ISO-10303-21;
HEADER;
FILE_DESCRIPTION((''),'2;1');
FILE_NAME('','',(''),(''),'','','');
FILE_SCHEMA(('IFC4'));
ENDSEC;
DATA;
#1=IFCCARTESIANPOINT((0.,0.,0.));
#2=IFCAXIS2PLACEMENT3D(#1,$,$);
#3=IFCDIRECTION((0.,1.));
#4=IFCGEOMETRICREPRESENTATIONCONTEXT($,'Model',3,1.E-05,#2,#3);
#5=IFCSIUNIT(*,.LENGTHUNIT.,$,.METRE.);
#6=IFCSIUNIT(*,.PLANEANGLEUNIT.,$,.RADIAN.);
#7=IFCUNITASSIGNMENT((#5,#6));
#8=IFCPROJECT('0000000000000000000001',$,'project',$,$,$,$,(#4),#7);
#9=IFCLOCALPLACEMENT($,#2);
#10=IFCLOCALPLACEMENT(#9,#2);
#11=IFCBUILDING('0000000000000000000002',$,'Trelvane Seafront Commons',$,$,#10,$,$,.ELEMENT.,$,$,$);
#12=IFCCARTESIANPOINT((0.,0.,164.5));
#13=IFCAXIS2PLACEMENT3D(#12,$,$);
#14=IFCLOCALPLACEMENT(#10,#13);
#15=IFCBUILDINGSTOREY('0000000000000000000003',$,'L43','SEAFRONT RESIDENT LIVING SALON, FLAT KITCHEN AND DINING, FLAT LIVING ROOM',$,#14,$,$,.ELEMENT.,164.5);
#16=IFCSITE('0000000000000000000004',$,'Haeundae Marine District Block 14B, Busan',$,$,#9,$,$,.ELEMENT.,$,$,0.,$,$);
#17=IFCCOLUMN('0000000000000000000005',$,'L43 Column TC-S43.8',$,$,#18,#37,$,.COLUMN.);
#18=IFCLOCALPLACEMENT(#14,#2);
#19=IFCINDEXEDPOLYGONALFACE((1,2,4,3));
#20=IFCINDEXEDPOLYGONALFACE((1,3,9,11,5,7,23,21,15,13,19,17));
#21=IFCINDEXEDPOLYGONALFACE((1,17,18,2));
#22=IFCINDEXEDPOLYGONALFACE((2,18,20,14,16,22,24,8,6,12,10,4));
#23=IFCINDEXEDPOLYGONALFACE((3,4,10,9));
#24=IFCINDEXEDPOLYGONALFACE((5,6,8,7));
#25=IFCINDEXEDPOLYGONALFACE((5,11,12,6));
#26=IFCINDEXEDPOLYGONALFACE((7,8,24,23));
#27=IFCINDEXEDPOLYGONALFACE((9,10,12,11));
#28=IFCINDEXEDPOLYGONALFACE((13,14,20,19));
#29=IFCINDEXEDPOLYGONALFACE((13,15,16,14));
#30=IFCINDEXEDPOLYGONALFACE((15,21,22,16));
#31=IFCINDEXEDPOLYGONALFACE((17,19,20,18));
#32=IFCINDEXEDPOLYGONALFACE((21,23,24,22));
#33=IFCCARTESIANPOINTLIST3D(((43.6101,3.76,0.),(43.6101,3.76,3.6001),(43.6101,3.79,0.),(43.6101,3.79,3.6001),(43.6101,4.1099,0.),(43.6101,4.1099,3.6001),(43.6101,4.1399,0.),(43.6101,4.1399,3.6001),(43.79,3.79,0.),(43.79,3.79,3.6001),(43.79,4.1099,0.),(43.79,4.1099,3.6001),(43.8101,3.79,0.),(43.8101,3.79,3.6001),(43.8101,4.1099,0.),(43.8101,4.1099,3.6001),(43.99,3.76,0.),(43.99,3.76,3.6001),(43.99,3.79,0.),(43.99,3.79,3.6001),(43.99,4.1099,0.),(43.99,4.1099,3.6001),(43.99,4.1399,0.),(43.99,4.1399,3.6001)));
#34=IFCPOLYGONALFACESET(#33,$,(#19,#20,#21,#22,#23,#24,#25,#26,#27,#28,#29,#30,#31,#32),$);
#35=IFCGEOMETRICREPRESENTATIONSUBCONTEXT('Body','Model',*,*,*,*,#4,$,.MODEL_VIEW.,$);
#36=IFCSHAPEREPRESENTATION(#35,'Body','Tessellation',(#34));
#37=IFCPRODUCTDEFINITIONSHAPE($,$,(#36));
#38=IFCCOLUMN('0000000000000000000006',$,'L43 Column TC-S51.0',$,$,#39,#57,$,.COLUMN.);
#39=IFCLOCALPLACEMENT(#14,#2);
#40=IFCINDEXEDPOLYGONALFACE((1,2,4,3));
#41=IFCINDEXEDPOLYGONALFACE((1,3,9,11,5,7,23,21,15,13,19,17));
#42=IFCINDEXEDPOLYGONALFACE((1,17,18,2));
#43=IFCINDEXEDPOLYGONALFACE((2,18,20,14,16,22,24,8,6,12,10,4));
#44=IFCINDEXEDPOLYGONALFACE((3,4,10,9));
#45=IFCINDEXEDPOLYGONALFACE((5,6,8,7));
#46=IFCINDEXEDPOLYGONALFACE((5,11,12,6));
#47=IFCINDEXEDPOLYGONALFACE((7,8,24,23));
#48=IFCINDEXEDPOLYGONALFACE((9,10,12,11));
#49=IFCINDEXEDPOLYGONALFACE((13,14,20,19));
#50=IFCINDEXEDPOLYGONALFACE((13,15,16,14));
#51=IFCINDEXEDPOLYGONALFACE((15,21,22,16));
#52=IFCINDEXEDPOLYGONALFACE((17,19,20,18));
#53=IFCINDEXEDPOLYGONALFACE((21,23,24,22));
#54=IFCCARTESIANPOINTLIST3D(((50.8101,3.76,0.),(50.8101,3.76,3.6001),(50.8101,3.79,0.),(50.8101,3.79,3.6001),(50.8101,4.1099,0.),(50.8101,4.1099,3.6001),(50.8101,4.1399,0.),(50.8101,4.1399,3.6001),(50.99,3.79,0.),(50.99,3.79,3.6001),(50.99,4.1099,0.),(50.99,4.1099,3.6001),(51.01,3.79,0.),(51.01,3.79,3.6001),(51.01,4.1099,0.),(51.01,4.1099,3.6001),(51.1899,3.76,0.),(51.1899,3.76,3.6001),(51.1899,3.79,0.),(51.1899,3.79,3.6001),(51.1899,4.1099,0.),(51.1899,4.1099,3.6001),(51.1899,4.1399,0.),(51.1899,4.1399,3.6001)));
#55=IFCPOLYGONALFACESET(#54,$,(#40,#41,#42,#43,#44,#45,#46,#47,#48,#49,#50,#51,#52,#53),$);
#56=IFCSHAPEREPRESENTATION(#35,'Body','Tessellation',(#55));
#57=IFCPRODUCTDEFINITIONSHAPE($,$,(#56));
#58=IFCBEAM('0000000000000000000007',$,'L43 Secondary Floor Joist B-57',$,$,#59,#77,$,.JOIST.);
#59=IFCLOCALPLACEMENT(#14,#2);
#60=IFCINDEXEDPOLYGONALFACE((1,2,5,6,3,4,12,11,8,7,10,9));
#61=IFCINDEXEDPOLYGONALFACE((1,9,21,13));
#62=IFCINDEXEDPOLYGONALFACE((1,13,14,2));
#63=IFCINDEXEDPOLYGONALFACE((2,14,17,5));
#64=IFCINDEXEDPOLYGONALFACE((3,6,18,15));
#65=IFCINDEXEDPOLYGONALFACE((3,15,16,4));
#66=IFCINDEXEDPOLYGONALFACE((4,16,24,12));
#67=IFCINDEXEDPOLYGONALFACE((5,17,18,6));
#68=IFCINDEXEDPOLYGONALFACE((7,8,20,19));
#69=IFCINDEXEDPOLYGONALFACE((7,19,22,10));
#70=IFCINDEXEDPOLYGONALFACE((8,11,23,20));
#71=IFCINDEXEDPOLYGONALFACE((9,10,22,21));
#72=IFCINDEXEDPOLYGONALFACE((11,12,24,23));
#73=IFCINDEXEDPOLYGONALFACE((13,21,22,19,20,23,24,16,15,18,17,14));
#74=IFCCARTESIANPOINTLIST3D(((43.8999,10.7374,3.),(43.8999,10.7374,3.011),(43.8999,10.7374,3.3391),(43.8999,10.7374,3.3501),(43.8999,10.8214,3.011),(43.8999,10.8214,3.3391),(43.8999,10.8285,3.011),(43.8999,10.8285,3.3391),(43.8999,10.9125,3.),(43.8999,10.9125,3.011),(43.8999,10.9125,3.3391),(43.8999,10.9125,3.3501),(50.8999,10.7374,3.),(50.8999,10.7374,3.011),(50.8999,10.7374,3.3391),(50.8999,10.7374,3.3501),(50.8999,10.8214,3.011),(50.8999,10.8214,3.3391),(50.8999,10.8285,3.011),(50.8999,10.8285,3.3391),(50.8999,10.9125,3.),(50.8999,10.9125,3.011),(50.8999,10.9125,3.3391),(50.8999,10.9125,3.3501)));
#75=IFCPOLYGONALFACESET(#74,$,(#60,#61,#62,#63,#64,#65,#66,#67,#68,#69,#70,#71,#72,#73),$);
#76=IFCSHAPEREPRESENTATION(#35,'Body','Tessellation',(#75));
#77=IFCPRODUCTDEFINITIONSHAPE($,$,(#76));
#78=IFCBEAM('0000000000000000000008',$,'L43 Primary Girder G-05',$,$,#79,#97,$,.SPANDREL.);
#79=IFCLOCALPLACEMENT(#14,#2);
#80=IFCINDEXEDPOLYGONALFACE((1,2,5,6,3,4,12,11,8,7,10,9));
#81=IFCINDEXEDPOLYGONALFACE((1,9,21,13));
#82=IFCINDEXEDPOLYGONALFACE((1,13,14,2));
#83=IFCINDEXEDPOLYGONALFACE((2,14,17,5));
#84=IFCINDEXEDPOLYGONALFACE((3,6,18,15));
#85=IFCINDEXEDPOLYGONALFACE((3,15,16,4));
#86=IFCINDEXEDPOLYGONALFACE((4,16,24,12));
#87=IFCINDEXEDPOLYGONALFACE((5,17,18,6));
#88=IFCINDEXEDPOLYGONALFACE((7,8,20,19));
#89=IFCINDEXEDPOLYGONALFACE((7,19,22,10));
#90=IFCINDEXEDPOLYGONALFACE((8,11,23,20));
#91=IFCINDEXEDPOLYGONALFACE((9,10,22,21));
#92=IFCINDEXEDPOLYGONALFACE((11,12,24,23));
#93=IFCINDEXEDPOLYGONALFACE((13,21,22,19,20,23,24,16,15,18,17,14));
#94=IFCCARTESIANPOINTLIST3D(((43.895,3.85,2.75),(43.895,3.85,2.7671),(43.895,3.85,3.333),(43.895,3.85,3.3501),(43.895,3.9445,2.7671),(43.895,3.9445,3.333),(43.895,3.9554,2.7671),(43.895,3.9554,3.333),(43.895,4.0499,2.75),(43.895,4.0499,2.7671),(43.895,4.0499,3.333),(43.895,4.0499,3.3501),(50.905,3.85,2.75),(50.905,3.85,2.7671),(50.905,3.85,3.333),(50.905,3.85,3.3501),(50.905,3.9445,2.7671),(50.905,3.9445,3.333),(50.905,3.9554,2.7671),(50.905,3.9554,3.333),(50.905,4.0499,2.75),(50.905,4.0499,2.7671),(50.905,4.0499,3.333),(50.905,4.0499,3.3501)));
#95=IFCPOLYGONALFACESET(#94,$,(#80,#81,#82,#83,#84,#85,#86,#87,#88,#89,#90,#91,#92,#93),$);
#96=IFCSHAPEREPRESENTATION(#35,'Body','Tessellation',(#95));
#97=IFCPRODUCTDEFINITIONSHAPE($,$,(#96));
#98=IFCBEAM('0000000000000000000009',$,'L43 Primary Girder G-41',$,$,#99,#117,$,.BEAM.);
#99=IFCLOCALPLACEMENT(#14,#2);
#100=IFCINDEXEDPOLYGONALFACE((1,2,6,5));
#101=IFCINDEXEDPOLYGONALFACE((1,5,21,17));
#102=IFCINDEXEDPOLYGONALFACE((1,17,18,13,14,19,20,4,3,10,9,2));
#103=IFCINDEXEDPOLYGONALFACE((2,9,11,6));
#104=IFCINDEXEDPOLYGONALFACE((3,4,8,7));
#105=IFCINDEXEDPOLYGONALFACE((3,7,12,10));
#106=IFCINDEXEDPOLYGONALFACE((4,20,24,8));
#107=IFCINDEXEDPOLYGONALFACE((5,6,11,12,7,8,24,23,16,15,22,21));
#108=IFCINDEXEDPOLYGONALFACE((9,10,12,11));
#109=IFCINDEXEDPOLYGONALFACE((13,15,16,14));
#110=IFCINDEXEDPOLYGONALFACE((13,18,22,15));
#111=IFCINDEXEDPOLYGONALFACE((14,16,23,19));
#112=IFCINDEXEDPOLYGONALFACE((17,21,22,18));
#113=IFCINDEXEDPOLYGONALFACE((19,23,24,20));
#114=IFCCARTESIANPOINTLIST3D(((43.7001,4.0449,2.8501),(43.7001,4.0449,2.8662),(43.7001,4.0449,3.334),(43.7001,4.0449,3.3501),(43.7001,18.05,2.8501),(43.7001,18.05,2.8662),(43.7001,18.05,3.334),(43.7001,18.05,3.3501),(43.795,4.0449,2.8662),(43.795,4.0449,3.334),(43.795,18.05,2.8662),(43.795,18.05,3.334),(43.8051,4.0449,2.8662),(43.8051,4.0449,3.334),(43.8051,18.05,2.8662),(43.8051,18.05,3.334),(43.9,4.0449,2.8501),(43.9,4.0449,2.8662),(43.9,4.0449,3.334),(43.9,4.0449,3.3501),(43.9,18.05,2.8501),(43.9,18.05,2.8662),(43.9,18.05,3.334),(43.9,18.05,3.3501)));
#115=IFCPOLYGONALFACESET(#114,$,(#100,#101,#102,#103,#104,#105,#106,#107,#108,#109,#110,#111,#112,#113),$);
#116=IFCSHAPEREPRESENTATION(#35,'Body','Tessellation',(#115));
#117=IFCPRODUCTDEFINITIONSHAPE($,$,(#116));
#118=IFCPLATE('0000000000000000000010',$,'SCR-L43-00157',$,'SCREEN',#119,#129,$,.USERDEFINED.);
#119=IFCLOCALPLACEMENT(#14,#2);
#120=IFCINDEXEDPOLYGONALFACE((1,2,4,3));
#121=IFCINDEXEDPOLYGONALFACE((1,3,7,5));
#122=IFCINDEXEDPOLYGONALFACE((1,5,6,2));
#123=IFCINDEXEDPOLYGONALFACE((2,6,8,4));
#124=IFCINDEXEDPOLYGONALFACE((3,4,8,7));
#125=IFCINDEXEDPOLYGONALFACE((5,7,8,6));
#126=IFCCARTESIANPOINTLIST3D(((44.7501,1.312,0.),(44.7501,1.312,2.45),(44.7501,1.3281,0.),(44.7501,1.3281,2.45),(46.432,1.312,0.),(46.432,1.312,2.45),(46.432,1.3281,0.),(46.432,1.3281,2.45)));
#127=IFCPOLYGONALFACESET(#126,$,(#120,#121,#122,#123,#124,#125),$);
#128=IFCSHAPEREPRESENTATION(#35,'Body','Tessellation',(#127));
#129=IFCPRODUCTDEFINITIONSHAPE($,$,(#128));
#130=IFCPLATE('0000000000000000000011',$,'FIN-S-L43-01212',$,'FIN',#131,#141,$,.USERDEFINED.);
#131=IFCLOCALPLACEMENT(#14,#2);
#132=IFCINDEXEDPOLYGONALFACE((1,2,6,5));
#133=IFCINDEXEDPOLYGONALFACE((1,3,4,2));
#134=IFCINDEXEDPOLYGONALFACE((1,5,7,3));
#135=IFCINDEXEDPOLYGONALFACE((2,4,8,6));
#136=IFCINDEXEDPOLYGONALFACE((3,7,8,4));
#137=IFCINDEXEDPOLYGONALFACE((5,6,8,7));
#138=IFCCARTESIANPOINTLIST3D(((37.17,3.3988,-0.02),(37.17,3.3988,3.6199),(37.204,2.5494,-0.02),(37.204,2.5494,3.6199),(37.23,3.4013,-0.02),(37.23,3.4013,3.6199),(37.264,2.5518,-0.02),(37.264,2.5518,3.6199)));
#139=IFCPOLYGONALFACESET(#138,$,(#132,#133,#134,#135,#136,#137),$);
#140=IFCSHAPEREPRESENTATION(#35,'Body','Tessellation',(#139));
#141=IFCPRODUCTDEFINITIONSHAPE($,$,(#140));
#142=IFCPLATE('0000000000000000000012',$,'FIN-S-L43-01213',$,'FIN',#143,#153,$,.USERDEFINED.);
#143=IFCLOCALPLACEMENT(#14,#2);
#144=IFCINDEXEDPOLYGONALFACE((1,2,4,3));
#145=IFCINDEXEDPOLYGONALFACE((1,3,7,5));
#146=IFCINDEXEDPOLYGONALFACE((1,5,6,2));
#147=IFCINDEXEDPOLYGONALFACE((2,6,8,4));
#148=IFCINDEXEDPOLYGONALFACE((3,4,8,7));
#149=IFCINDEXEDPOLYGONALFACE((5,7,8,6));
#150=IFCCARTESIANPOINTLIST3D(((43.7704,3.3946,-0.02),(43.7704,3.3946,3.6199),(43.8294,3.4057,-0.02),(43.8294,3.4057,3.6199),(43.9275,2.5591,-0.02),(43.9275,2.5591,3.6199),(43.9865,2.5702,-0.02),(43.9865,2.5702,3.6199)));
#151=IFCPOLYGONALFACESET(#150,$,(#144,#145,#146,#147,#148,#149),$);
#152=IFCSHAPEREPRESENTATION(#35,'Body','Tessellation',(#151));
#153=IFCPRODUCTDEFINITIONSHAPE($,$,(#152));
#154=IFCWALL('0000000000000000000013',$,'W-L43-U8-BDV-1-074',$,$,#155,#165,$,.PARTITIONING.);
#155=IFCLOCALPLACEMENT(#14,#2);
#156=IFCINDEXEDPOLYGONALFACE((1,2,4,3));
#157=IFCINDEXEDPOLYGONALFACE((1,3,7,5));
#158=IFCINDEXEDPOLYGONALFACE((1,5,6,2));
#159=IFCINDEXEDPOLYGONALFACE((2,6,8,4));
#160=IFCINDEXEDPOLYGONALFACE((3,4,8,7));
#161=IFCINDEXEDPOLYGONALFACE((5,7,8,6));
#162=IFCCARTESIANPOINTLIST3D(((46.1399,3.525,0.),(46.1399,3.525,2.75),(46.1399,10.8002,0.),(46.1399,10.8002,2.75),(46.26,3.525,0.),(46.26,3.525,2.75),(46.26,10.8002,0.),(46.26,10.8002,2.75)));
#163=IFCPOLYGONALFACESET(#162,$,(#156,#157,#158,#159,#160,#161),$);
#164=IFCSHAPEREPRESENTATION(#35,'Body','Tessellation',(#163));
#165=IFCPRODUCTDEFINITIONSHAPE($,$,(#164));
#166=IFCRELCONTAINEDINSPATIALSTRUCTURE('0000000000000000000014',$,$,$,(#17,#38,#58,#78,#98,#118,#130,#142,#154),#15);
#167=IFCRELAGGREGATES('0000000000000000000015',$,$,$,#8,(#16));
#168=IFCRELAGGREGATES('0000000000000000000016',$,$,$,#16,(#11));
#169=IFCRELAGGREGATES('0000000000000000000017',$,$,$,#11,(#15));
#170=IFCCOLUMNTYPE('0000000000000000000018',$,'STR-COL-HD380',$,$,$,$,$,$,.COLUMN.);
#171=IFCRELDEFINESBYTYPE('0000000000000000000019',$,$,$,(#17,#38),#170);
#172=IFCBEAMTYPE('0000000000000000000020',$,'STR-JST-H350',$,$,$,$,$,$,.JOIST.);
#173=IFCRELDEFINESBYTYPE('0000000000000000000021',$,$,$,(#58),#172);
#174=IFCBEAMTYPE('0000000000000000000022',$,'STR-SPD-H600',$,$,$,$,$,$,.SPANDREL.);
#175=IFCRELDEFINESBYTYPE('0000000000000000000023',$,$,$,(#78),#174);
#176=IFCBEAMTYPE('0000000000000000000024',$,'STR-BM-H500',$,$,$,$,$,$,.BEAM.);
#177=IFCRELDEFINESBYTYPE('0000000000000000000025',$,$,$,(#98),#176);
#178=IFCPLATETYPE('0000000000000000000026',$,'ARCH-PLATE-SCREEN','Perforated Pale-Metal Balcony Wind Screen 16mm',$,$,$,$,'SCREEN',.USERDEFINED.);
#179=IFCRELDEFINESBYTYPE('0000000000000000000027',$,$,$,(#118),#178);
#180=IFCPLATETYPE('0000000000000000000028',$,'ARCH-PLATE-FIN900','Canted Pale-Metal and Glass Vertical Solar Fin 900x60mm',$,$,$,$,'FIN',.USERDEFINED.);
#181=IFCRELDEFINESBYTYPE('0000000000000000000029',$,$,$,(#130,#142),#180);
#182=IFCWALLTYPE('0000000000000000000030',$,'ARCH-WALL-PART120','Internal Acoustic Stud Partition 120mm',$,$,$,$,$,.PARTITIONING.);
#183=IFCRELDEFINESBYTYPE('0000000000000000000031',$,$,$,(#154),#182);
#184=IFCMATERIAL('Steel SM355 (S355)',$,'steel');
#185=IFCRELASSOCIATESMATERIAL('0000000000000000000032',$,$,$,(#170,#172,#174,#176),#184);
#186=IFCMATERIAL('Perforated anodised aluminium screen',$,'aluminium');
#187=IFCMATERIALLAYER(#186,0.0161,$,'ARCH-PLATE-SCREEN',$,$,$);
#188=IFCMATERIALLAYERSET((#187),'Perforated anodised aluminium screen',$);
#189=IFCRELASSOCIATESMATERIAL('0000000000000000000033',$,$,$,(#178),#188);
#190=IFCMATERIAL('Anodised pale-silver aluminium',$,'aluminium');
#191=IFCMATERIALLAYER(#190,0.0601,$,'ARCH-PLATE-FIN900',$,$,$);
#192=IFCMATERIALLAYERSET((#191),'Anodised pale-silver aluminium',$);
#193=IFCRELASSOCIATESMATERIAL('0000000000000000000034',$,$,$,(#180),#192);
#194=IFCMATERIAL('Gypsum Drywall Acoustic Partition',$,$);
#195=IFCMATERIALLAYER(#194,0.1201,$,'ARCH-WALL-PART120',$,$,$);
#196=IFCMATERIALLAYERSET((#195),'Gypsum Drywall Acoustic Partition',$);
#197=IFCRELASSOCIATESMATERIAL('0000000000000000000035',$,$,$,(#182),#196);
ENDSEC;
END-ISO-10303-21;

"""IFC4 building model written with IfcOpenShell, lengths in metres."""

from ifc_helpers import new_model, si_unit, direction, frame, frame_2d, origin, origin_2d, place, context, subcontext, project, spatial, rectangle, i_section, extrude, source, transform, mapped, material, layer, layer_set, material_profile, profile_set, type_object, element, save


model = new_model("IFC4")

# Units and contexts
model_context = context("Model", 3, precision=1e-05, world=origin(), true_north=direction((0.0, 1.0)))
body_context = subcontext(model_context, "Body", "Model", "MODEL_VIEW")
ifc_project = project(units=[si_unit("LENGTHUNIT", "METRE"), si_unit("PLANEANGLEUNIT", "RADIAN")], contexts=[model_context])

# Site, building, storey
site_placement = place(None, origin())
site = spatial("IfcSite", under=ifc_project, at=site_placement, Name="Haeundae Marine District Block 14B, Busan", CompositionType="ELEMENT", RefElevation=0.0)
building_placement = place(site_placement, origin())
building = spatial("IfcBuilding", under=site, at=building_placement, Name="Trelvane Seafront Commons", CompositionType="ELEMENT")
storey_placement = place(building_placement, frame((0.0, 0.0, 164.5)))
storey = spatial("IfcBuildingStorey", under=building, at=storey_placement, Name="L43", Description="SEAFRONT RESIDENT LIVING SALON, FLAT KITCHEN AND DINING, FLAT LIVING ROOM", CompositionType="ELEMENT", Elevation=164.5)

# Columns
ifc_material_1 = material(Name="Steel SM355 (S355)", Category="steel")
ifc_material_profile_1 = material_profile(ifc_material_1, i_section(OverallWidth=0.3799, OverallDepth=0.3799, WebThickness=0.02, FlangeThickness=0.03, at=origin_2d()), Name="HD-380x380x20x30")
ifc_profile_set_1 = profile_set([ifc_material_profile_1], Name="Steel SM355 (S355)")
column_type = type_object("IfcColumnType", Name="STR-COL-HD380", PredefinedType="COLUMN", material=ifc_profile_set_1)
shared_shape_1 = source(origin(), body_context, "Body", "SweptSolid", [
    extrude(i_section(OverallWidth=0.3799, OverallDepth=0.3799, WebThickness=0.02, FlangeThickness=0.03, at=origin_2d()), origin(), (0.0, 0.0, 1.0), 3.6001),
])
for number, where, z_axis, x_axis, name in (
    (1, (43.8, 3.95, 0.0), (0.0, 0.0, 1.0), (1.0, 0.0, 0.0), "L43 Column TC-S43.8"),
    (2, (51.0, 3.95, 0.0), (0.0, 0.0, 1.0), (1.0, 0.0, 0.0), "L43 Column TC-S51.0"),
):
    element("IfcColumn", number, at=place(storey_placement, frame(where, z_axis=z_axis, x_axis=x_axis)), inside=storey, type_object=column_type, Name=name, PredefinedType="COLUMN", context=body_context, shape_type="MappedRepresentation", body=[
        mapped(shared_shape_1, transform((0.0, 0.0, 0.0), x_axis=(1.0, 0.0, 0.0), y_axis=(0.0, 1.0, 0.0), z_axis=(0.0, 0.0, 1.0), scale=1.0)),
    ])

# Beams
ifc_material_profile_2 = material_profile(ifc_material_1, i_section(OverallWidth=0.175, OverallDepth=0.3501, WebThickness=0.0071, FlangeThickness=0.011, at=origin_2d()), Name="H-350x175x7x11")
ifc_profile_set_2 = profile_set([ifc_material_profile_2], Name="Steel SM355 (S355)")
beam_type_1 = type_object("IfcBeamType", Name="STR-JST-H350", PredefinedType="JOIST", material=ifc_profile_set_2)
shared_shape_2 = source(origin(), body_context, "Body", "SweptSolid", [
    extrude(i_section(OverallWidth=0.175, OverallDepth=0.3501, WebThickness=0.0071, FlangeThickness=0.011, at=origin_2d()), origin(), (0.0, 0.0, 1.0), 7.0),
])
beam_1_placement = place(storey_placement, frame((43.8999, 10.825, 3.175), z_axis=(1.0, 0.0, 0.0), x_axis=(0.0, 1.0, 0.0)))
element("IfcBeam", 3, at=beam_1_placement, inside=storey, type_object=beam_type_1, Name="L43 Secondary Floor Joist B-57", PredefinedType="JOIST", context=body_context, shape_type="MappedRepresentation", body=[
    mapped(shared_shape_2, transform((0.0, 0.0, 0.0), x_axis=(1.0, 0.0, 0.0), y_axis=(0.0, 1.0, 0.0), z_axis=(0.0, 0.0, 1.0), scale=1.0)),
])
ifc_material_profile_3 = material_profile(ifc_material_1, i_section(OverallWidth=0.2, OverallDepth=0.6001, WebThickness=0.011, FlangeThickness=0.0171, at=origin_2d()), Name="H-600x200x11x17")
ifc_profile_set_3 = profile_set([ifc_material_profile_3], Name="Steel SM355 (S355)")
beam_type_2 = type_object("IfcBeamType", Name="STR-SPD-H600", PredefinedType="SPANDREL", material=ifc_profile_set_3)
shared_shape_3 = source(origin(), body_context, "Body", "SweptSolid", [
    extrude(i_section(OverallWidth=0.2, OverallDepth=0.6001, WebThickness=0.011, FlangeThickness=0.0171, at=origin_2d()), origin(), (0.0, 0.0, 1.0), 7.01),
])
beam_2_placement = place(storey_placement, frame((43.895, 3.95, 3.05), z_axis=(1.0, 0.0, 0.0), x_axis=(0.0, 1.0, 0.0)))
element("IfcBeam", 4, at=beam_2_placement, inside=storey, type_object=beam_type_2, Name="L43 Primary Girder G-05", PredefinedType="SPANDREL", context=body_context, shape_type="MappedRepresentation", body=[
    mapped(shared_shape_3, transform((0.0, 0.0, 0.0), x_axis=(1.0, 0.0, 0.0), y_axis=(0.0, 1.0, 0.0), z_axis=(0.0, 0.0, 1.0), scale=1.0)),
])
ifc_material_profile_4 = material_profile(ifc_material_1, i_section(OverallWidth=0.2, OverallDepth=0.5, WebThickness=0.01, FlangeThickness=0.0161, at=origin_2d()), Name="H-500x200x10x16")
ifc_profile_set_4 = profile_set([ifc_material_profile_4], Name="Steel SM355 (S355)")
beam_type_3 = type_object("IfcBeamType", Name="STR-BM-H500", PredefinedType="BEAM", material=ifc_profile_set_4)
shared_shape_4 = source(origin(), body_context, "Body", "SweptSolid", [
    extrude(i_section(OverallWidth=0.2, OverallDepth=0.5, WebThickness=0.01, FlangeThickness=0.0161, at=origin_2d()), origin(), (0.0, 0.0, 1.0), 14.0051),
])
beam_3_placement = place(storey_placement, frame((43.8, 4.0449, 3.1001), z_axis=(0.0, 1.0, 0.0), x_axis=(-1.0, 0.0, 0.0)))
element("IfcBeam", 5, at=beam_3_placement, inside=storey, type_object=beam_type_3, Name="L43 Primary Girder G-41", PredefinedType="BEAM", context=body_context, shape_type="MappedRepresentation", body=[
    mapped(shared_shape_4, transform((0.0, 0.0, 0.0), x_axis=(1.0, 0.0, 0.0), y_axis=(0.0, 1.0, 0.0), z_axis=(0.0, 0.0, 1.0), scale=1.0)),
])

# Plates
ifc_material_2 = material(Name="Perforated anodised aluminium screen", Category="aluminium")
ifc_layer_1 = layer(ifc_material_2, 0.0161, Name="ARCH-PLATE-SCREEN")
ifc_layer_set_1 = layer_set([ifc_layer_1], Name="Perforated anodised aluminium screen")
plate_type_1 = type_object("IfcPlateType", Name="ARCH-PLATE-SCREEN", Description="Perforated Pale-Metal Balcony Wind Screen 16mm", ElementType="SCREEN", PredefinedType="USERDEFINED", material=ifc_layer_set_1)
shared_shape_5 = source(origin(), body_context, "Body", "SweptSolid", [
    extrude(rectangle(XDim=1.6819, YDim=0.0161, at=origin_2d()), origin(), (0.0, 0.0, 1.0), 2.45),
])
plate_placement = place(storey_placement, frame((45.5911, 1.3201, 0.0), z_axis=(0.0, 0.0, 1.0), x_axis=(1.0, 0.0, 0.0)))
element("IfcPlate", 6, at=plate_placement, inside=storey, type_object=plate_type_1, Name="SCR-L43-00157", ObjectType="SCREEN", PredefinedType="USERDEFINED", context=body_context, shape_type="MappedRepresentation", body=[
    mapped(shared_shape_5, transform((0.0, 0.0, 0.0), x_axis=(1.0, 0.0, 0.0), y_axis=(0.0, 1.0, 0.0), z_axis=(0.0, 0.0, 1.0), scale=1.0)),
])
ifc_material_3 = material(Name="Anodised pale-silver aluminium", Category="aluminium")
ifc_layer_2 = layer(ifc_material_3, 0.0601, Name="ARCH-PLATE-FIN900")
ifc_layer_set_2 = layer_set([ifc_layer_2], Name="Anodised pale-silver aluminium")
plate_type_2 = type_object("IfcPlateType", Name="ARCH-PLATE-FIN900", Description="Canted Pale-Metal and Glass Vertical Solar Fin 900x60mm", ElementType="FIN", PredefinedType="USERDEFINED", material=ifc_layer_set_2)
shared_shape_6 = source(origin(), body_context, "Body", "SweptSolid", [
    extrude(rectangle(XDim=0.8501, YDim=0.0601, at=origin_2d()), origin(), (0.0, 0.0, 1.0), 3.6399),
])
for number, where, z_axis, x_axis, name in (
    (7, (37.217, 2.9753, -0.02), (0.0, 0.0, 1.0), (0.040001, -0.9992, 0.0), "FIN-S-L43-01212"),
    (8, (43.8784, 2.9824, -0.02), (0.0, 0.0, 1.0), (0.184814, -0.982773, 0.0), "FIN-S-L43-01213"),
):
    element("IfcPlate", number, at=place(storey_placement, frame(where, z_axis=z_axis, x_axis=x_axis)), inside=storey, type_object=plate_type_2, Name=name, ObjectType="FIN", PredefinedType="USERDEFINED", context=body_context, shape_type="MappedRepresentation", body=[
        mapped(shared_shape_6, transform((0.0, 0.0, 0.0), x_axis=(1.0, 0.0, 0.0), y_axis=(0.0, 1.0, 0.0), z_axis=(0.0, 0.0, 1.0), scale=1.0)),
    ])

# Shared definitions
ifc_material_4 = material(Name="Gypsum Drywall Acoustic Partition")
ifc_layer_3 = layer(ifc_material_4, 0.1201, Name="ARCH-WALL-PART120")
ifc_layer_set_3 = layer_set([ifc_layer_3], Name="Gypsum Drywall Acoustic Partition")
wall_type_1 = type_object("IfcWallType", Name="ARCH-WALL-PART120", Description="Internal Acoustic Stud Partition 120mm", PredefinedType="PARTITIONING", material=ifc_layer_set_3)

# Wall
wall_1_placement = place(storey_placement, frame((46.2, 3.5249, 0.0), z_axis=(0.0, 0.0, 1.0), x_axis=(0.0, 1.0, 0.0)))
element("IfcWall", 9, at=wall_1_placement, inside=storey, type_object=wall_type_1, Name="W-L43-U8-BDV-1-074", PredefinedType="PARTITIONING", context=body_context, shape_type="SweptSolid", body=[
    extrude(rectangle(XDim=7.2751, YDim=0.1201, at=frame_2d((3.6377, 0.0))), origin(), (0.0, 0.0, 1.0), 2.75),
])

save(model, "model.ifc")
